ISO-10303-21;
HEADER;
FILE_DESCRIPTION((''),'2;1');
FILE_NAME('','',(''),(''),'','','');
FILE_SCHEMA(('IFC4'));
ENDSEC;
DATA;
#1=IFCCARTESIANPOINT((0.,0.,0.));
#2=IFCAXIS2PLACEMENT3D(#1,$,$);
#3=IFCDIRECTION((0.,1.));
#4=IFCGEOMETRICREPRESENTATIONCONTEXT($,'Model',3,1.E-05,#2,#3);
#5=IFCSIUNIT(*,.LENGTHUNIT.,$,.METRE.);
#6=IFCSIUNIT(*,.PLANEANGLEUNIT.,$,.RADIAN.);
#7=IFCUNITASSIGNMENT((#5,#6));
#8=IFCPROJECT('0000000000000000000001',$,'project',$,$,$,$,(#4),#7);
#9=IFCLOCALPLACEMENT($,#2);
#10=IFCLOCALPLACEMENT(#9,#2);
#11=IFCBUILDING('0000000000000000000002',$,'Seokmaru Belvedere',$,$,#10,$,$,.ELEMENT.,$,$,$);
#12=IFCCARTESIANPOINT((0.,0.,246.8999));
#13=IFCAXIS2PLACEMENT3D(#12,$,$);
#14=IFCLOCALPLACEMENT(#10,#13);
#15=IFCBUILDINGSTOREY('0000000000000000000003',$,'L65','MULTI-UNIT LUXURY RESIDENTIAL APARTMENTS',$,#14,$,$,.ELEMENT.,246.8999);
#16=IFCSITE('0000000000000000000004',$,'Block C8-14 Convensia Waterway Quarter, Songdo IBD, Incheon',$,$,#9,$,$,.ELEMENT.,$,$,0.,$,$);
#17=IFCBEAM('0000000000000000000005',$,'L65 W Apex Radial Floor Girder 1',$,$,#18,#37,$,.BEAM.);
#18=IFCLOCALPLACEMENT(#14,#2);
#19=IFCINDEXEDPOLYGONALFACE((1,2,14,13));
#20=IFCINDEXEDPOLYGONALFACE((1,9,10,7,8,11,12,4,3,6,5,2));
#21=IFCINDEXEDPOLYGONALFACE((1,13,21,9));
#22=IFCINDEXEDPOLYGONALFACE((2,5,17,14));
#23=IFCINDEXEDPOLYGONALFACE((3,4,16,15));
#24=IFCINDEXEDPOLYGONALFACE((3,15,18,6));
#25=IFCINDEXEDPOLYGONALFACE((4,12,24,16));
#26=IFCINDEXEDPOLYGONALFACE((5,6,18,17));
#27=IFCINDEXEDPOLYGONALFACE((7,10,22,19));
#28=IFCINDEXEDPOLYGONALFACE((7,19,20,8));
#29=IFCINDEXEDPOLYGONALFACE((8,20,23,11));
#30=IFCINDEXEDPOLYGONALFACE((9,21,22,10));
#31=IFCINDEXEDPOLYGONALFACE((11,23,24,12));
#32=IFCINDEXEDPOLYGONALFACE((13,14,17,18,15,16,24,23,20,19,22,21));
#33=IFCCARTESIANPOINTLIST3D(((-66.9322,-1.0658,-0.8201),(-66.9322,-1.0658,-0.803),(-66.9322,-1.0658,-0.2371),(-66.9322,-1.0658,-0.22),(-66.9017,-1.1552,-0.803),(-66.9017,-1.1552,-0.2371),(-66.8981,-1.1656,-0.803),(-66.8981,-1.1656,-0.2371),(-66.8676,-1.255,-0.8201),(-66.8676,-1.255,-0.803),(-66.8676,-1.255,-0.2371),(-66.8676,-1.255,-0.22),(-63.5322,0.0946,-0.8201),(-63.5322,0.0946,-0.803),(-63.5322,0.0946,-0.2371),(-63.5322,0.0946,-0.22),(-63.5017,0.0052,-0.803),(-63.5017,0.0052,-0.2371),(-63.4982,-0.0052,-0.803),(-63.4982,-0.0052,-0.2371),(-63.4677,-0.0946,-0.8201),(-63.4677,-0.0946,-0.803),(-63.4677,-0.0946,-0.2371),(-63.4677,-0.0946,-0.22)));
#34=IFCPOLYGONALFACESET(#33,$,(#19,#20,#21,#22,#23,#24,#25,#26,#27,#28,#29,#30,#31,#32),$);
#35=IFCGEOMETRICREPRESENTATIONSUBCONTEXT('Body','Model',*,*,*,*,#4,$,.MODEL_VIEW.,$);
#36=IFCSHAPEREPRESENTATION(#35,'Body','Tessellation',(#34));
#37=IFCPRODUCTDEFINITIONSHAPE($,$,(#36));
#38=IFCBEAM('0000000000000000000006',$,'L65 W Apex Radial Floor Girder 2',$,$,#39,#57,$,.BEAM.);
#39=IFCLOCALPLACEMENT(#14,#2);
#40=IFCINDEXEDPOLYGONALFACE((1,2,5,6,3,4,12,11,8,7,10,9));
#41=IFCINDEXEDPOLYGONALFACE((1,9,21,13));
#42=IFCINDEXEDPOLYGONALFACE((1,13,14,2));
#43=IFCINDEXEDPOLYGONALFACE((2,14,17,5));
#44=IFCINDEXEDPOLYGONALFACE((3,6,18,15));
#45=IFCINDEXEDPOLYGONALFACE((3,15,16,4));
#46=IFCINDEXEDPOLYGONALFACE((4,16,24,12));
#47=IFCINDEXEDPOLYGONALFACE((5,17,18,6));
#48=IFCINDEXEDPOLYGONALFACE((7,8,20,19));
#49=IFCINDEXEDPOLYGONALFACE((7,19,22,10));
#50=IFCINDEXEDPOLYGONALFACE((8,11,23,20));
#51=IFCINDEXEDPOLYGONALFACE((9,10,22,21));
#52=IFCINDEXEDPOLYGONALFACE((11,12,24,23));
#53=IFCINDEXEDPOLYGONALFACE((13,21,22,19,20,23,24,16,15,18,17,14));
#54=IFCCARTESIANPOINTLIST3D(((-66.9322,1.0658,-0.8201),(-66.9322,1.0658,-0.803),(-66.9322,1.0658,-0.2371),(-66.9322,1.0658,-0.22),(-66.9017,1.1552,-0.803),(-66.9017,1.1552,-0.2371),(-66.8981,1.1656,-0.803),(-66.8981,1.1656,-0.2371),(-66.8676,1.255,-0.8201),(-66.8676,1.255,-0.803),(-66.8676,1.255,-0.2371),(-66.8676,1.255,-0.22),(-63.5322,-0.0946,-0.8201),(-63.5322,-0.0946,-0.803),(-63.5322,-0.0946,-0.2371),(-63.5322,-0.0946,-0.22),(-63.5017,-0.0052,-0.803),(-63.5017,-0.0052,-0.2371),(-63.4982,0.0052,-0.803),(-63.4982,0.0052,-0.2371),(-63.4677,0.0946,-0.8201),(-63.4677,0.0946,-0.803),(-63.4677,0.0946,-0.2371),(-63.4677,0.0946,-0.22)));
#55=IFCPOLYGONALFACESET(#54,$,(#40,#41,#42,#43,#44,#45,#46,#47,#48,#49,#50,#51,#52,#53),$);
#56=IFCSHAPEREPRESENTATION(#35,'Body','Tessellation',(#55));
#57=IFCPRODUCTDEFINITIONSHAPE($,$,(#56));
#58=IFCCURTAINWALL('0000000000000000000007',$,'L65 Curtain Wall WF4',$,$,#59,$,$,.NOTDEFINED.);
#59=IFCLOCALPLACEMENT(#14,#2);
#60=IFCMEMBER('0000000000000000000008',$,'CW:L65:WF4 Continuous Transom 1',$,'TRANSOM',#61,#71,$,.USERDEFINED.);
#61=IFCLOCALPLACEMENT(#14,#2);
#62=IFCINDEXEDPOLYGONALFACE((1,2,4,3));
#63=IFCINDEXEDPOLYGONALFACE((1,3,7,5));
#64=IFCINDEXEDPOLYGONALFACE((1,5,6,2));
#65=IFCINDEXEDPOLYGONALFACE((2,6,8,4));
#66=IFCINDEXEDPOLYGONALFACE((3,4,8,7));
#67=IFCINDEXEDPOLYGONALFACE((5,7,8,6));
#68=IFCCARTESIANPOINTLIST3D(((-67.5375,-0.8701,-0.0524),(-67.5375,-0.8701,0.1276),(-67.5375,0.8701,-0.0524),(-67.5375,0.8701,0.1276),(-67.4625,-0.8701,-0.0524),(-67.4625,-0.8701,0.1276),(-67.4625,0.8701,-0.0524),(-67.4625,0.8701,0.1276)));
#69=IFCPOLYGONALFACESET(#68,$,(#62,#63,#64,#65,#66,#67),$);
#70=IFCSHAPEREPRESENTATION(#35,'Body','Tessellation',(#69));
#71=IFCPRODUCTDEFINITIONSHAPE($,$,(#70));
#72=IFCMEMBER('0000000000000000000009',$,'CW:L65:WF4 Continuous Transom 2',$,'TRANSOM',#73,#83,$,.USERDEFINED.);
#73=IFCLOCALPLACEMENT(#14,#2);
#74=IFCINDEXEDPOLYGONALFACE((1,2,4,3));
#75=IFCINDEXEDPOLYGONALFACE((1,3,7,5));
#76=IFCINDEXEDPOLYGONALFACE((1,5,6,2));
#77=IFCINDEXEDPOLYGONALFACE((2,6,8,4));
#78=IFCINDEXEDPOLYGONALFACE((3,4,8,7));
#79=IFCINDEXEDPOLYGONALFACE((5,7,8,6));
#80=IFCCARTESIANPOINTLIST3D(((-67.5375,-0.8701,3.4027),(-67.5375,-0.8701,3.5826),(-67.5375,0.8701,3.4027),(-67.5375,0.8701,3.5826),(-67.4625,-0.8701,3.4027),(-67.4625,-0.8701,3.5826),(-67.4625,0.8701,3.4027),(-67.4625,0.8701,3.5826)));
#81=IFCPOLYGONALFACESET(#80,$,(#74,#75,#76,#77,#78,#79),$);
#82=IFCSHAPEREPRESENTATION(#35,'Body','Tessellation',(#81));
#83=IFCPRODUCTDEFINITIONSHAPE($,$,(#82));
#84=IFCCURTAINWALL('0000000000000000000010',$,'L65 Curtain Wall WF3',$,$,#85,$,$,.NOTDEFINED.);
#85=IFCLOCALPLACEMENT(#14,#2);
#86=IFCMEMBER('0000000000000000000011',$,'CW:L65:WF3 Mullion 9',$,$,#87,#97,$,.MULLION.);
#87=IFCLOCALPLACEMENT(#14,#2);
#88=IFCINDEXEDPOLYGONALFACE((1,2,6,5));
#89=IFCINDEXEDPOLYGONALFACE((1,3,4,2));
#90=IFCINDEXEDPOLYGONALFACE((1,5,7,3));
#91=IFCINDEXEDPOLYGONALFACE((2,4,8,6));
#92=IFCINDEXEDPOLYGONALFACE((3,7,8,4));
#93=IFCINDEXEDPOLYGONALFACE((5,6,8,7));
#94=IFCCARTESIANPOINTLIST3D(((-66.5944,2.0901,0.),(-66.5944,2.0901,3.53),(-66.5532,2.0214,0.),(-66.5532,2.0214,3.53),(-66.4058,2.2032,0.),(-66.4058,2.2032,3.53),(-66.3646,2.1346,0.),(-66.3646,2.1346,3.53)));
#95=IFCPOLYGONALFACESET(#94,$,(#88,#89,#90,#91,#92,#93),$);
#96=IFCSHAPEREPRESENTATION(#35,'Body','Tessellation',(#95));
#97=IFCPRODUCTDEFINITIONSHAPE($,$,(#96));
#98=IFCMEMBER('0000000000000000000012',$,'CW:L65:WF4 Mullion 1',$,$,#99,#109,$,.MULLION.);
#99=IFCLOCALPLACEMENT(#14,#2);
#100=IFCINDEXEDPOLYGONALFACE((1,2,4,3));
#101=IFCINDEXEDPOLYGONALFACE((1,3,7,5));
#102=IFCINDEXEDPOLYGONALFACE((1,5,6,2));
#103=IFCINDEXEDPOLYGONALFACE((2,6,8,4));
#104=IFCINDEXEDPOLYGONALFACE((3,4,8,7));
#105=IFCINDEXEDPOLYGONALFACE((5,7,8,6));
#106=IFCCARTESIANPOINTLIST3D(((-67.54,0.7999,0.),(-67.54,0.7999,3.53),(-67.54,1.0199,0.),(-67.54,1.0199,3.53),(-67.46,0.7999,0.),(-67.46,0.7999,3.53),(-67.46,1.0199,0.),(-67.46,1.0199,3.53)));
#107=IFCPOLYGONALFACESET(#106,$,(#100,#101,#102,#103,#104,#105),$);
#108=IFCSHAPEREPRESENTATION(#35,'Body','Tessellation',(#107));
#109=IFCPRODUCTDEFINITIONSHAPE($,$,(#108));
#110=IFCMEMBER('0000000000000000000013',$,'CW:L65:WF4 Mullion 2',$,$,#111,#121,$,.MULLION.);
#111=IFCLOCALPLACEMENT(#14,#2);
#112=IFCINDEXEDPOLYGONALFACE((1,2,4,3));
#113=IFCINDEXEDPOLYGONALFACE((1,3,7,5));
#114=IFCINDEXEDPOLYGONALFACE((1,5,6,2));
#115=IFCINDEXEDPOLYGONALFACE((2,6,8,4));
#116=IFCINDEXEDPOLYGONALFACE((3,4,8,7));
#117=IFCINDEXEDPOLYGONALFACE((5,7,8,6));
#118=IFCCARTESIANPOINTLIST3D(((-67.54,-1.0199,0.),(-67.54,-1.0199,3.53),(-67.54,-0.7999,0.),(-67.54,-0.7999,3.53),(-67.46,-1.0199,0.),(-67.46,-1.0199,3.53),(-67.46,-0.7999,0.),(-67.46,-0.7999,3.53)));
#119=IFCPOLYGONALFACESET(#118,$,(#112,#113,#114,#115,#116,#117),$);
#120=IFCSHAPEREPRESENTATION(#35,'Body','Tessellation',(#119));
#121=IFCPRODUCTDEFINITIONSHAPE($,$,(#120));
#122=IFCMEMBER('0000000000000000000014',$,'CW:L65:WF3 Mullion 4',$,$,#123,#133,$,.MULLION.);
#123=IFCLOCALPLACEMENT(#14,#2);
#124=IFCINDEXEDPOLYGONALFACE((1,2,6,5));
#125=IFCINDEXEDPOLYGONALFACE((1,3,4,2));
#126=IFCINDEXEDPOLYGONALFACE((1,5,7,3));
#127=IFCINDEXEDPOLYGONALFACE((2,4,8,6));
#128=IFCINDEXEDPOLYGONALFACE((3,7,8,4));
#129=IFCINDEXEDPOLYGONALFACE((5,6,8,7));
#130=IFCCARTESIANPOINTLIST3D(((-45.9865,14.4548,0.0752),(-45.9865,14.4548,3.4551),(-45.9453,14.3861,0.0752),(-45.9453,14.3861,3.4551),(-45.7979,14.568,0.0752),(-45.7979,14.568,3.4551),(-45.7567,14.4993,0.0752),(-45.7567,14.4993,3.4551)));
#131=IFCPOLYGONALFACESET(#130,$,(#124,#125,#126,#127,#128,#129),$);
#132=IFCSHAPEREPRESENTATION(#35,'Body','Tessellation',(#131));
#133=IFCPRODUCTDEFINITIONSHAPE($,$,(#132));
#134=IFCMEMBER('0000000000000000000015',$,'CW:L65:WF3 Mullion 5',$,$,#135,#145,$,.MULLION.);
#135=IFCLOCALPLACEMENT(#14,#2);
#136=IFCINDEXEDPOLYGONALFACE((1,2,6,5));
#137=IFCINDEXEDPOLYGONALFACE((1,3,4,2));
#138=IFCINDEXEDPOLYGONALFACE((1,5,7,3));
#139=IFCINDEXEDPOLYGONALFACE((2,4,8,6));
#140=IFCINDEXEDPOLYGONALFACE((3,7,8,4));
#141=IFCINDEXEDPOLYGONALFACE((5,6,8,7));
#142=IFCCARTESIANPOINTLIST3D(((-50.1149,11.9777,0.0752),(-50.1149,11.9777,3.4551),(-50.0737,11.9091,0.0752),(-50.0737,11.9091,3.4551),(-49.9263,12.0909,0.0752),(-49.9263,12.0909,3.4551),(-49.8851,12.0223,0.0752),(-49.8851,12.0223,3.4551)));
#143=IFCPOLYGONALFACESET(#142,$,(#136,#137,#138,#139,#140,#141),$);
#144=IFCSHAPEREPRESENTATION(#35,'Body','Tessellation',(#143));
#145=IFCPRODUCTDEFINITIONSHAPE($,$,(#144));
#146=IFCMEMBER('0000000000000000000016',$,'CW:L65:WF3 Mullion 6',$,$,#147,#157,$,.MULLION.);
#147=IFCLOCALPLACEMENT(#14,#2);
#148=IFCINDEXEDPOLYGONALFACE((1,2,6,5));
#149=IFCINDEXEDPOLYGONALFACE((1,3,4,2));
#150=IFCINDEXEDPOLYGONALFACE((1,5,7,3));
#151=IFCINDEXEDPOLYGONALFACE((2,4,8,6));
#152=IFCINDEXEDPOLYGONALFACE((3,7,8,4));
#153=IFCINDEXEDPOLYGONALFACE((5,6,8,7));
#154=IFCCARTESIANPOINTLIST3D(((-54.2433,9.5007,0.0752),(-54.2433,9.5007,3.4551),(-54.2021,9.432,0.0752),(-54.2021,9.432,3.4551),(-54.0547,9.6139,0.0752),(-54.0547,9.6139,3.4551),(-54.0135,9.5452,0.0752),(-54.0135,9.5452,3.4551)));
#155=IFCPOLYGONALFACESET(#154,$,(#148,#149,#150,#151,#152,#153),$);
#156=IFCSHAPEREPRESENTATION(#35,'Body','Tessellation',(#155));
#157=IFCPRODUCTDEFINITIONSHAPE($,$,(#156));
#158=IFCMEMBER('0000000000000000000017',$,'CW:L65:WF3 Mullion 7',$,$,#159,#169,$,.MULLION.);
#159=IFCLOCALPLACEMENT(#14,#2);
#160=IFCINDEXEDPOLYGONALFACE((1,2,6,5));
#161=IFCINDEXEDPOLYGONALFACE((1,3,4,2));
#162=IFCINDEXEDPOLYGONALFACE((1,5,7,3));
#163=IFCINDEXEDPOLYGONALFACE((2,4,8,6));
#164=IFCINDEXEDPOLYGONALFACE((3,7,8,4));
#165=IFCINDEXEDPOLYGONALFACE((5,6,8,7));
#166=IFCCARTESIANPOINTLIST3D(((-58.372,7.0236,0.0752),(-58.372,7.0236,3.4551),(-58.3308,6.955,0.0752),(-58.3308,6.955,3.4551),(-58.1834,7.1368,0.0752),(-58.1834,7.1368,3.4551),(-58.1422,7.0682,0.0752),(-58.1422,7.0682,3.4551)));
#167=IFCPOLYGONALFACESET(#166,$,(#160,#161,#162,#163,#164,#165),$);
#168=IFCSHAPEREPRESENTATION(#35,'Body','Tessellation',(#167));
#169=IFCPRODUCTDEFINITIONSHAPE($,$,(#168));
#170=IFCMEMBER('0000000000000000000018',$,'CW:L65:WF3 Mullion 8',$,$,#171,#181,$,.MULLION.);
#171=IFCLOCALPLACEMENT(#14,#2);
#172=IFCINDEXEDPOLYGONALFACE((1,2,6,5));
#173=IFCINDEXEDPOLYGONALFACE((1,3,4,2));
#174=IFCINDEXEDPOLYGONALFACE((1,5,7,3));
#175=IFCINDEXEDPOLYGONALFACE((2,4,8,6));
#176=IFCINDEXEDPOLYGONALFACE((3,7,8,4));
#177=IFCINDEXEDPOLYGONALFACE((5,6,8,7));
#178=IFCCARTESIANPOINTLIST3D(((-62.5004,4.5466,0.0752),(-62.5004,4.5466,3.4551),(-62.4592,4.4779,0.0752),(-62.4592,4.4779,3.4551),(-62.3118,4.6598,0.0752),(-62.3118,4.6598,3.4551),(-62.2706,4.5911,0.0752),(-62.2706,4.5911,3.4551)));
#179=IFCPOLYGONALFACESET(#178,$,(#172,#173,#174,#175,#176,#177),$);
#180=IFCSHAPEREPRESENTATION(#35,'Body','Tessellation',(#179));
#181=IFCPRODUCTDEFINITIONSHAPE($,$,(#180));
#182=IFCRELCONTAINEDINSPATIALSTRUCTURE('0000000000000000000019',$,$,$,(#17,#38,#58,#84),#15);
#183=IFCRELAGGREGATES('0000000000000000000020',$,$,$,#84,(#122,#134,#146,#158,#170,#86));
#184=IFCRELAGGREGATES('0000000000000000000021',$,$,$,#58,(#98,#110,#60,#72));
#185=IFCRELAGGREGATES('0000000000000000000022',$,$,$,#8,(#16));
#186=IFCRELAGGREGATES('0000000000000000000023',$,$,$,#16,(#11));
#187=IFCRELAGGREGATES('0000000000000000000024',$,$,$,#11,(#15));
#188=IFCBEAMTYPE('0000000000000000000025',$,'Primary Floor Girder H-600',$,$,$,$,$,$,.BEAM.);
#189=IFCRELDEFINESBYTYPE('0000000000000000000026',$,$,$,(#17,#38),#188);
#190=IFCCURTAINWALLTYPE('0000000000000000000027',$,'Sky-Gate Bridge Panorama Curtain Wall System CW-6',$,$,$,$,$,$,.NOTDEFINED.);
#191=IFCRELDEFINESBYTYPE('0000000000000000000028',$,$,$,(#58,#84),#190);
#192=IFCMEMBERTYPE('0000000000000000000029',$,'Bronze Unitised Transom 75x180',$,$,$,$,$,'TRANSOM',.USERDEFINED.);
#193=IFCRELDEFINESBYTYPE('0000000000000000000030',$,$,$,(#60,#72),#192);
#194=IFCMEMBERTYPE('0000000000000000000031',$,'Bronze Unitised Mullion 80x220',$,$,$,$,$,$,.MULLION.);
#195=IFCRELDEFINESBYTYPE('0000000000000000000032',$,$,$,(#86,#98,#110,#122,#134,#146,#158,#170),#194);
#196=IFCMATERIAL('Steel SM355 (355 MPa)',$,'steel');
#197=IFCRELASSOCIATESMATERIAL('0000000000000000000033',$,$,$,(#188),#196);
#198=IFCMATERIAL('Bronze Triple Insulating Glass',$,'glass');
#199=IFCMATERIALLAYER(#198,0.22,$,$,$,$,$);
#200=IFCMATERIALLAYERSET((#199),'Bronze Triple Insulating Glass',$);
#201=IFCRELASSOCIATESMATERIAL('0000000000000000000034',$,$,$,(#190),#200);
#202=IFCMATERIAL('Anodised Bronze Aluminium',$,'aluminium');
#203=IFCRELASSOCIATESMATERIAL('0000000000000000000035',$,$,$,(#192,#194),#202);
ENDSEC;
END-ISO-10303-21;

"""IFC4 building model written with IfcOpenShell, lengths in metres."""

from ifc_helpers import new_model, si_unit, direction, frame, origin, origin_2d, place, context, subcontext, project, spatial, rectangle, i_section, extrude, source, transform, mapped, material, layer, layer_set, material_profile, profile_set, type_object, type_shapes, element, aggregate, save


model = new_model("IFC4")

# Units and contexts
model_context = context("Model", 3, precision=1e-05, world=origin(), true_north=direction((0.0, 1.0)))
body_context = subcontext(model_context, "Body", "Model", "MODEL_VIEW")
ifc_project = project(units=[si_unit("LENGTHUNIT", "METRE"), si_unit("PLANEANGLEUNIT", "RADIAN")], contexts=[model_context])

# Site, building, storey
site_placement = place(None, origin())
site = spatial("IfcSite", under=ifc_project, at=site_placement, Name="Block C8-14 Convensia Waterway Quarter, Songdo IBD, Incheon", CompositionType="ELEMENT", RefElevation=0.0)
building_placement = place(site_placement, origin())
building = spatial("IfcBuilding", under=site, at=building_placement, Name="Seokmaru Belvedere", CompositionType="ELEMENT")
storey_placement = place(building_placement, frame((0.0, 0.0, 246.8999)))
storey = spatial("IfcBuildingStorey", under=building, at=storey_placement, Name="L65", Description="MULTI-UNIT LUXURY RESIDENTIAL APARTMENTS", CompositionType="ELEMENT", Elevation=246.8999)

# Shared definitions
ifc_material_1 = material(Name="Steel SM355 (355 MPa)", Category="steel")

# Beams
ifc_material_profile_1 = material_profile(ifc_material_1, i_section(OverallWidth=0.2, OverallDepth=0.6001, WebThickness=0.011, FlangeThickness=0.0171, at=origin_2d()), Name="H-600x200x11x17")
ifc_profile_set_1 = profile_set([ifc_material_profile_1], Name="Steel SM355 (355 MPa)")
beam_type_1 = type_object("IfcBeamType", Name="Primary Floor Girder H-600", PredefinedType="BEAM", material=ifc_profile_set_1)
shared_shape_1 = source(origin(), body_context, "Body", "SweptSolid", [
    extrude(i_section(OverallWidth=0.2, OverallDepth=0.6001, WebThickness=0.011, FlangeThickness=0.0171, at=origin_2d()), origin(), (0.0, 0.0, 1.0), 3.5925),
])
for number, where, z_axis, x_axis, name in (
    (1, (-66.8999, -1.1604, -0.52), (0.946396, 0.323009, 0.0), (-0.323009, 0.946396, 0.0), "L65 W Apex Radial Floor Girder 1"),
    (2, (-66.8999, 1.1604, -0.52), (0.946396, -0.323009, 0.0), (0.323009, 0.946396, 0.0), "L65 W Apex Radial Floor Girder 2"),
):
    element("IfcBeam", number, at=place(storey_placement, frame(where, z_axis=z_axis, x_axis=x_axis)), inside=storey, type_object=beam_type_1, Name=name, PredefinedType="BEAM", context=body_context, shape_type="MappedRepresentation", body=[
        mapped(shared_shape_1, transform((0.0, 0.0, 0.0), scale=1.0)),
    ])

# Curtain wall, members
ifc_material_2 = material(Name="Bronze Triple Insulating Glass", Category="glass")
ifc_layer_1 = layer(ifc_material_2, 0.22)
ifc_layer_set_1 = layer_set([ifc_layer_1], Name="Bronze Triple Insulating Glass")
curtain_wall_type = type_object("IfcCurtainWallType", Name="Sky-Gate Bridge Panorama Curtain Wall System CW-6", PredefinedType="NOTDEFINED", material=ifc_layer_set_1)
curtain_wall_1_placement = place(storey_placement, origin())
curtain_wall_1 = element("IfcCurtainWall", 3, at=curtain_wall_1_placement, inside=storey, type_object=curtain_wall_type, Name="L65 Curtain Wall WF4", PredefinedType="NOTDEFINED")
ifc_material_3 = material(Name="Anodised Bronze Aluminium", Category="aluminium")
ifc_material_profile_2 = material_profile(ifc_material_3, rectangle(XDim=0.075, YDim=0.1799, at=origin_2d()), Name="CW-T-75x180")
ifc_profile_set_2 = profile_set([ifc_material_profile_2], Name="Anodised Bronze Aluminium")
member_type_1 = type_object("IfcMemberType", Name="Bronze Unitised Transom 75x180", ElementType="TRANSOM", PredefinedType="USERDEFINED", material=ifc_profile_set_2)
shared_shape_2 = source(origin(), body_context, "Body", "SweptSolid", [
    extrude(rectangle(XDim=0.075, YDim=0.1799, at=origin_2d()), origin(), (0.0, 0.0, 1.0), 1.7402),
])
type_shapes(member_type_1, [shared_shape_2])
member_1_placement = place(storey_placement, frame((-67.5, 0.8701, 0.0376), z_axis=(0.0, -1.0, 0.0), x_axis=(1.0, 0.0, 0.0)))
member_1 = element("IfcMember", 4, at=member_1_placement, type_object=member_type_1, Name="CW:L65:WF4 Continuous Transom 1", ObjectType="TRANSOM", PredefinedType="USERDEFINED", context=body_context, shape_type="MappedRepresentation", body=[
    mapped(shared_shape_2, transform((0.0, 0.0, 0.0), scale=1.0)),
])
member_2_placement = place(storey_placement, frame((-67.5, 0.8701, 3.4927), z_axis=(0.0, -1.0, 0.0), x_axis=(1.0, 0.0, 0.0)))
member_2 = element("IfcMember", 5, at=member_2_placement, type_object=member_type_1, Name="CW:L65:WF4 Continuous Transom 2", ObjectType="TRANSOM", PredefinedType="USERDEFINED", context=body_context, shape_type="MappedRepresentation", body=[
    mapped(shared_shape_2, transform((0.0, 0.0, 0.0), scale=1.0)),
])

# Curtain wall, member
curtain_wall_2_placement = place(storey_placement, origin())
curtain_wall_2 = element("IfcCurtainWall", 6, at=curtain_wall_2_placement, inside=storey, type_object=curtain_wall_type, Name="L65 Curtain Wall WF3", PredefinedType="NOTDEFINED")
ifc_material_profile_3 = material_profile(ifc_material_3, rectangle(XDim=0.0801, YDim=0.22, at=origin_2d()), Name="CW-M-80x220")
ifc_profile_set_3 = profile_set([ifc_material_profile_3], Name="Anodised Bronze Aluminium")
member_type_2 = type_object("IfcMemberType", Name="Bronze Unitised Mullion 80x220", PredefinedType="MULLION", material=ifc_profile_set_3)
shared_shape_3 = source(origin(), body_context, "Body", "SweptSolid", [
    extrude(rectangle(XDim=0.0801, YDim=0.22, at=origin_2d()), origin(), (0.0, 0.0, 1.0), 3.53),
])
member_3_placement = place(storey_placement, frame((-66.4795, 2.1123, 0.0), z_axis=(0.0, 0.0, 1.0), x_axis=(0.514495, -0.857493, 0.0)))
member_3 = element("IfcMember", 7, at=member_3_placement, type_object=member_type_2, Name="CW:L65:WF3 Mullion 9", PredefinedType="MULLION", context=body_context, shape_type="MappedRepresentation", body=[
    mapped(shared_shape_3, transform((0.0, 0.0, 0.0), scale=1.0)),
])

# Members
member_4_placement = place(storey_placement, frame((-67.5, 0.9099, 0.0), z_axis=(0.0, 0.0, 1.0), x_axis=(1.0, 0.0, 0.0)))
member_4 = element("IfcMember", 8, at=member_4_placement, type_object=member_type_2, Name="CW:L65:WF4 Mullion 1", PredefinedType="MULLION", context=body_context, shape_type="MappedRepresentation", body=[
    mapped(shared_shape_3, transform((0.0, 0.0, 0.0), scale=1.0)),
])
member_5_placement = place(storey_placement, frame((-67.5, -0.9099, 0.0), z_axis=(0.0, 0.0, 1.0), x_axis=(1.0, 0.0, 0.0)))
member_5 = element("IfcMember", 9, at=member_5_placement, type_object=member_type_2, Name="CW:L65:WF4 Mullion 2", PredefinedType="MULLION", context=body_context, shape_type="MappedRepresentation", body=[
    mapped(shared_shape_3, transform((0.0, 0.0, 0.0), scale=1.0)),
])
shared_shape_4 = source(origin(), body_context, "Body", "SweptSolid", [
    extrude(rectangle(XDim=0.0801, YDim=0.22, at=origin_2d()), origin(), (0.0, 0.0, 1.0), 3.3799),
])
type_shapes(member_type_2, [shared_shape_3, shared_shape_4])
member_6_placement = place(storey_placement, frame((-45.8716, 14.4771, 0.0752), z_axis=(0.0, 0.0, 1.0), x_axis=(0.514495, -0.857493, 0.0)))
member_6 = element("IfcMember", 10, at=member_6_placement, type_object=member_type_2, Name="CW:L65:WF3 Mullion 4", PredefinedType="MULLION", context=body_context, shape_type="MappedRepresentation", body=[
    mapped(shared_shape_4, transform((0.0, 0.0, 0.0), scale=1.0)),
])
member_7_placement = place(storey_placement, frame((-50.0, 12.0, 0.0752), z_axis=(0.0, 0.0, 1.0), x_axis=(0.514495, -0.857493, 0.0)))
member_7 = element("IfcMember", 11, at=member_7_placement, type_object=member_type_2, Name="CW:L65:WF3 Mullion 5", PredefinedType="MULLION", context=body_context, shape_type="MappedRepresentation", body=[
    mapped(shared_shape_4, transform((0.0, 0.0, 0.0), scale=1.0)),
])
member_8_placement = place(storey_placement, frame((-54.1284, 9.5229, 0.0752), z_axis=(0.0, 0.0, 1.0), x_axis=(0.514495, -0.857493, 0.0)))
member_8 = element("IfcMember", 12, at=member_8_placement, type_object=member_type_2, Name="CW:L65:WF3 Mullion 6", PredefinedType="MULLION", context=body_context, shape_type="MappedRepresentation", body=[
    mapped(shared_shape_4, transform((0.0, 0.0, 0.0), scale=1.0)),
])
member_9_placement = place(storey_placement, frame((-58.2571, 7.0459, 0.0752), z_axis=(0.0, 0.0, 1.0), x_axis=(0.514495, -0.857493, 0.0)))
member_9 = element("IfcMember", 13, at=member_9_placement, type_object=member_type_2, Name="CW:L65:WF3 Mullion 7", PredefinedType="MULLION", context=body_context, shape_type="MappedRepresentation", body=[
    mapped(shared_shape_4, transform((0.0, 0.0, 0.0), scale=1.0)),
])
member_10_placement = place(storey_placement, frame((-62.3855, 4.5688, 0.0752), z_axis=(0.0, 0.0, 1.0), x_axis=(0.514495, -0.857493, 0.0)))
member_10 = element("IfcMember", 14, at=member_10_placement, type_object=member_type_2, Name="CW:L65:WF3 Mullion 8", PredefinedType="MULLION", context=body_context, shape_type="MappedRepresentation", body=[
    mapped(shared_shape_4, transform((0.0, 0.0, 0.0), scale=1.0)),
])

aggregate(curtain_wall_2, [member_6, member_7, member_8, member_9, member_10, member_3])
aggregate(curtain_wall_1, [member_4, member_5, member_1, member_2])

save(model, "model.ifc")
